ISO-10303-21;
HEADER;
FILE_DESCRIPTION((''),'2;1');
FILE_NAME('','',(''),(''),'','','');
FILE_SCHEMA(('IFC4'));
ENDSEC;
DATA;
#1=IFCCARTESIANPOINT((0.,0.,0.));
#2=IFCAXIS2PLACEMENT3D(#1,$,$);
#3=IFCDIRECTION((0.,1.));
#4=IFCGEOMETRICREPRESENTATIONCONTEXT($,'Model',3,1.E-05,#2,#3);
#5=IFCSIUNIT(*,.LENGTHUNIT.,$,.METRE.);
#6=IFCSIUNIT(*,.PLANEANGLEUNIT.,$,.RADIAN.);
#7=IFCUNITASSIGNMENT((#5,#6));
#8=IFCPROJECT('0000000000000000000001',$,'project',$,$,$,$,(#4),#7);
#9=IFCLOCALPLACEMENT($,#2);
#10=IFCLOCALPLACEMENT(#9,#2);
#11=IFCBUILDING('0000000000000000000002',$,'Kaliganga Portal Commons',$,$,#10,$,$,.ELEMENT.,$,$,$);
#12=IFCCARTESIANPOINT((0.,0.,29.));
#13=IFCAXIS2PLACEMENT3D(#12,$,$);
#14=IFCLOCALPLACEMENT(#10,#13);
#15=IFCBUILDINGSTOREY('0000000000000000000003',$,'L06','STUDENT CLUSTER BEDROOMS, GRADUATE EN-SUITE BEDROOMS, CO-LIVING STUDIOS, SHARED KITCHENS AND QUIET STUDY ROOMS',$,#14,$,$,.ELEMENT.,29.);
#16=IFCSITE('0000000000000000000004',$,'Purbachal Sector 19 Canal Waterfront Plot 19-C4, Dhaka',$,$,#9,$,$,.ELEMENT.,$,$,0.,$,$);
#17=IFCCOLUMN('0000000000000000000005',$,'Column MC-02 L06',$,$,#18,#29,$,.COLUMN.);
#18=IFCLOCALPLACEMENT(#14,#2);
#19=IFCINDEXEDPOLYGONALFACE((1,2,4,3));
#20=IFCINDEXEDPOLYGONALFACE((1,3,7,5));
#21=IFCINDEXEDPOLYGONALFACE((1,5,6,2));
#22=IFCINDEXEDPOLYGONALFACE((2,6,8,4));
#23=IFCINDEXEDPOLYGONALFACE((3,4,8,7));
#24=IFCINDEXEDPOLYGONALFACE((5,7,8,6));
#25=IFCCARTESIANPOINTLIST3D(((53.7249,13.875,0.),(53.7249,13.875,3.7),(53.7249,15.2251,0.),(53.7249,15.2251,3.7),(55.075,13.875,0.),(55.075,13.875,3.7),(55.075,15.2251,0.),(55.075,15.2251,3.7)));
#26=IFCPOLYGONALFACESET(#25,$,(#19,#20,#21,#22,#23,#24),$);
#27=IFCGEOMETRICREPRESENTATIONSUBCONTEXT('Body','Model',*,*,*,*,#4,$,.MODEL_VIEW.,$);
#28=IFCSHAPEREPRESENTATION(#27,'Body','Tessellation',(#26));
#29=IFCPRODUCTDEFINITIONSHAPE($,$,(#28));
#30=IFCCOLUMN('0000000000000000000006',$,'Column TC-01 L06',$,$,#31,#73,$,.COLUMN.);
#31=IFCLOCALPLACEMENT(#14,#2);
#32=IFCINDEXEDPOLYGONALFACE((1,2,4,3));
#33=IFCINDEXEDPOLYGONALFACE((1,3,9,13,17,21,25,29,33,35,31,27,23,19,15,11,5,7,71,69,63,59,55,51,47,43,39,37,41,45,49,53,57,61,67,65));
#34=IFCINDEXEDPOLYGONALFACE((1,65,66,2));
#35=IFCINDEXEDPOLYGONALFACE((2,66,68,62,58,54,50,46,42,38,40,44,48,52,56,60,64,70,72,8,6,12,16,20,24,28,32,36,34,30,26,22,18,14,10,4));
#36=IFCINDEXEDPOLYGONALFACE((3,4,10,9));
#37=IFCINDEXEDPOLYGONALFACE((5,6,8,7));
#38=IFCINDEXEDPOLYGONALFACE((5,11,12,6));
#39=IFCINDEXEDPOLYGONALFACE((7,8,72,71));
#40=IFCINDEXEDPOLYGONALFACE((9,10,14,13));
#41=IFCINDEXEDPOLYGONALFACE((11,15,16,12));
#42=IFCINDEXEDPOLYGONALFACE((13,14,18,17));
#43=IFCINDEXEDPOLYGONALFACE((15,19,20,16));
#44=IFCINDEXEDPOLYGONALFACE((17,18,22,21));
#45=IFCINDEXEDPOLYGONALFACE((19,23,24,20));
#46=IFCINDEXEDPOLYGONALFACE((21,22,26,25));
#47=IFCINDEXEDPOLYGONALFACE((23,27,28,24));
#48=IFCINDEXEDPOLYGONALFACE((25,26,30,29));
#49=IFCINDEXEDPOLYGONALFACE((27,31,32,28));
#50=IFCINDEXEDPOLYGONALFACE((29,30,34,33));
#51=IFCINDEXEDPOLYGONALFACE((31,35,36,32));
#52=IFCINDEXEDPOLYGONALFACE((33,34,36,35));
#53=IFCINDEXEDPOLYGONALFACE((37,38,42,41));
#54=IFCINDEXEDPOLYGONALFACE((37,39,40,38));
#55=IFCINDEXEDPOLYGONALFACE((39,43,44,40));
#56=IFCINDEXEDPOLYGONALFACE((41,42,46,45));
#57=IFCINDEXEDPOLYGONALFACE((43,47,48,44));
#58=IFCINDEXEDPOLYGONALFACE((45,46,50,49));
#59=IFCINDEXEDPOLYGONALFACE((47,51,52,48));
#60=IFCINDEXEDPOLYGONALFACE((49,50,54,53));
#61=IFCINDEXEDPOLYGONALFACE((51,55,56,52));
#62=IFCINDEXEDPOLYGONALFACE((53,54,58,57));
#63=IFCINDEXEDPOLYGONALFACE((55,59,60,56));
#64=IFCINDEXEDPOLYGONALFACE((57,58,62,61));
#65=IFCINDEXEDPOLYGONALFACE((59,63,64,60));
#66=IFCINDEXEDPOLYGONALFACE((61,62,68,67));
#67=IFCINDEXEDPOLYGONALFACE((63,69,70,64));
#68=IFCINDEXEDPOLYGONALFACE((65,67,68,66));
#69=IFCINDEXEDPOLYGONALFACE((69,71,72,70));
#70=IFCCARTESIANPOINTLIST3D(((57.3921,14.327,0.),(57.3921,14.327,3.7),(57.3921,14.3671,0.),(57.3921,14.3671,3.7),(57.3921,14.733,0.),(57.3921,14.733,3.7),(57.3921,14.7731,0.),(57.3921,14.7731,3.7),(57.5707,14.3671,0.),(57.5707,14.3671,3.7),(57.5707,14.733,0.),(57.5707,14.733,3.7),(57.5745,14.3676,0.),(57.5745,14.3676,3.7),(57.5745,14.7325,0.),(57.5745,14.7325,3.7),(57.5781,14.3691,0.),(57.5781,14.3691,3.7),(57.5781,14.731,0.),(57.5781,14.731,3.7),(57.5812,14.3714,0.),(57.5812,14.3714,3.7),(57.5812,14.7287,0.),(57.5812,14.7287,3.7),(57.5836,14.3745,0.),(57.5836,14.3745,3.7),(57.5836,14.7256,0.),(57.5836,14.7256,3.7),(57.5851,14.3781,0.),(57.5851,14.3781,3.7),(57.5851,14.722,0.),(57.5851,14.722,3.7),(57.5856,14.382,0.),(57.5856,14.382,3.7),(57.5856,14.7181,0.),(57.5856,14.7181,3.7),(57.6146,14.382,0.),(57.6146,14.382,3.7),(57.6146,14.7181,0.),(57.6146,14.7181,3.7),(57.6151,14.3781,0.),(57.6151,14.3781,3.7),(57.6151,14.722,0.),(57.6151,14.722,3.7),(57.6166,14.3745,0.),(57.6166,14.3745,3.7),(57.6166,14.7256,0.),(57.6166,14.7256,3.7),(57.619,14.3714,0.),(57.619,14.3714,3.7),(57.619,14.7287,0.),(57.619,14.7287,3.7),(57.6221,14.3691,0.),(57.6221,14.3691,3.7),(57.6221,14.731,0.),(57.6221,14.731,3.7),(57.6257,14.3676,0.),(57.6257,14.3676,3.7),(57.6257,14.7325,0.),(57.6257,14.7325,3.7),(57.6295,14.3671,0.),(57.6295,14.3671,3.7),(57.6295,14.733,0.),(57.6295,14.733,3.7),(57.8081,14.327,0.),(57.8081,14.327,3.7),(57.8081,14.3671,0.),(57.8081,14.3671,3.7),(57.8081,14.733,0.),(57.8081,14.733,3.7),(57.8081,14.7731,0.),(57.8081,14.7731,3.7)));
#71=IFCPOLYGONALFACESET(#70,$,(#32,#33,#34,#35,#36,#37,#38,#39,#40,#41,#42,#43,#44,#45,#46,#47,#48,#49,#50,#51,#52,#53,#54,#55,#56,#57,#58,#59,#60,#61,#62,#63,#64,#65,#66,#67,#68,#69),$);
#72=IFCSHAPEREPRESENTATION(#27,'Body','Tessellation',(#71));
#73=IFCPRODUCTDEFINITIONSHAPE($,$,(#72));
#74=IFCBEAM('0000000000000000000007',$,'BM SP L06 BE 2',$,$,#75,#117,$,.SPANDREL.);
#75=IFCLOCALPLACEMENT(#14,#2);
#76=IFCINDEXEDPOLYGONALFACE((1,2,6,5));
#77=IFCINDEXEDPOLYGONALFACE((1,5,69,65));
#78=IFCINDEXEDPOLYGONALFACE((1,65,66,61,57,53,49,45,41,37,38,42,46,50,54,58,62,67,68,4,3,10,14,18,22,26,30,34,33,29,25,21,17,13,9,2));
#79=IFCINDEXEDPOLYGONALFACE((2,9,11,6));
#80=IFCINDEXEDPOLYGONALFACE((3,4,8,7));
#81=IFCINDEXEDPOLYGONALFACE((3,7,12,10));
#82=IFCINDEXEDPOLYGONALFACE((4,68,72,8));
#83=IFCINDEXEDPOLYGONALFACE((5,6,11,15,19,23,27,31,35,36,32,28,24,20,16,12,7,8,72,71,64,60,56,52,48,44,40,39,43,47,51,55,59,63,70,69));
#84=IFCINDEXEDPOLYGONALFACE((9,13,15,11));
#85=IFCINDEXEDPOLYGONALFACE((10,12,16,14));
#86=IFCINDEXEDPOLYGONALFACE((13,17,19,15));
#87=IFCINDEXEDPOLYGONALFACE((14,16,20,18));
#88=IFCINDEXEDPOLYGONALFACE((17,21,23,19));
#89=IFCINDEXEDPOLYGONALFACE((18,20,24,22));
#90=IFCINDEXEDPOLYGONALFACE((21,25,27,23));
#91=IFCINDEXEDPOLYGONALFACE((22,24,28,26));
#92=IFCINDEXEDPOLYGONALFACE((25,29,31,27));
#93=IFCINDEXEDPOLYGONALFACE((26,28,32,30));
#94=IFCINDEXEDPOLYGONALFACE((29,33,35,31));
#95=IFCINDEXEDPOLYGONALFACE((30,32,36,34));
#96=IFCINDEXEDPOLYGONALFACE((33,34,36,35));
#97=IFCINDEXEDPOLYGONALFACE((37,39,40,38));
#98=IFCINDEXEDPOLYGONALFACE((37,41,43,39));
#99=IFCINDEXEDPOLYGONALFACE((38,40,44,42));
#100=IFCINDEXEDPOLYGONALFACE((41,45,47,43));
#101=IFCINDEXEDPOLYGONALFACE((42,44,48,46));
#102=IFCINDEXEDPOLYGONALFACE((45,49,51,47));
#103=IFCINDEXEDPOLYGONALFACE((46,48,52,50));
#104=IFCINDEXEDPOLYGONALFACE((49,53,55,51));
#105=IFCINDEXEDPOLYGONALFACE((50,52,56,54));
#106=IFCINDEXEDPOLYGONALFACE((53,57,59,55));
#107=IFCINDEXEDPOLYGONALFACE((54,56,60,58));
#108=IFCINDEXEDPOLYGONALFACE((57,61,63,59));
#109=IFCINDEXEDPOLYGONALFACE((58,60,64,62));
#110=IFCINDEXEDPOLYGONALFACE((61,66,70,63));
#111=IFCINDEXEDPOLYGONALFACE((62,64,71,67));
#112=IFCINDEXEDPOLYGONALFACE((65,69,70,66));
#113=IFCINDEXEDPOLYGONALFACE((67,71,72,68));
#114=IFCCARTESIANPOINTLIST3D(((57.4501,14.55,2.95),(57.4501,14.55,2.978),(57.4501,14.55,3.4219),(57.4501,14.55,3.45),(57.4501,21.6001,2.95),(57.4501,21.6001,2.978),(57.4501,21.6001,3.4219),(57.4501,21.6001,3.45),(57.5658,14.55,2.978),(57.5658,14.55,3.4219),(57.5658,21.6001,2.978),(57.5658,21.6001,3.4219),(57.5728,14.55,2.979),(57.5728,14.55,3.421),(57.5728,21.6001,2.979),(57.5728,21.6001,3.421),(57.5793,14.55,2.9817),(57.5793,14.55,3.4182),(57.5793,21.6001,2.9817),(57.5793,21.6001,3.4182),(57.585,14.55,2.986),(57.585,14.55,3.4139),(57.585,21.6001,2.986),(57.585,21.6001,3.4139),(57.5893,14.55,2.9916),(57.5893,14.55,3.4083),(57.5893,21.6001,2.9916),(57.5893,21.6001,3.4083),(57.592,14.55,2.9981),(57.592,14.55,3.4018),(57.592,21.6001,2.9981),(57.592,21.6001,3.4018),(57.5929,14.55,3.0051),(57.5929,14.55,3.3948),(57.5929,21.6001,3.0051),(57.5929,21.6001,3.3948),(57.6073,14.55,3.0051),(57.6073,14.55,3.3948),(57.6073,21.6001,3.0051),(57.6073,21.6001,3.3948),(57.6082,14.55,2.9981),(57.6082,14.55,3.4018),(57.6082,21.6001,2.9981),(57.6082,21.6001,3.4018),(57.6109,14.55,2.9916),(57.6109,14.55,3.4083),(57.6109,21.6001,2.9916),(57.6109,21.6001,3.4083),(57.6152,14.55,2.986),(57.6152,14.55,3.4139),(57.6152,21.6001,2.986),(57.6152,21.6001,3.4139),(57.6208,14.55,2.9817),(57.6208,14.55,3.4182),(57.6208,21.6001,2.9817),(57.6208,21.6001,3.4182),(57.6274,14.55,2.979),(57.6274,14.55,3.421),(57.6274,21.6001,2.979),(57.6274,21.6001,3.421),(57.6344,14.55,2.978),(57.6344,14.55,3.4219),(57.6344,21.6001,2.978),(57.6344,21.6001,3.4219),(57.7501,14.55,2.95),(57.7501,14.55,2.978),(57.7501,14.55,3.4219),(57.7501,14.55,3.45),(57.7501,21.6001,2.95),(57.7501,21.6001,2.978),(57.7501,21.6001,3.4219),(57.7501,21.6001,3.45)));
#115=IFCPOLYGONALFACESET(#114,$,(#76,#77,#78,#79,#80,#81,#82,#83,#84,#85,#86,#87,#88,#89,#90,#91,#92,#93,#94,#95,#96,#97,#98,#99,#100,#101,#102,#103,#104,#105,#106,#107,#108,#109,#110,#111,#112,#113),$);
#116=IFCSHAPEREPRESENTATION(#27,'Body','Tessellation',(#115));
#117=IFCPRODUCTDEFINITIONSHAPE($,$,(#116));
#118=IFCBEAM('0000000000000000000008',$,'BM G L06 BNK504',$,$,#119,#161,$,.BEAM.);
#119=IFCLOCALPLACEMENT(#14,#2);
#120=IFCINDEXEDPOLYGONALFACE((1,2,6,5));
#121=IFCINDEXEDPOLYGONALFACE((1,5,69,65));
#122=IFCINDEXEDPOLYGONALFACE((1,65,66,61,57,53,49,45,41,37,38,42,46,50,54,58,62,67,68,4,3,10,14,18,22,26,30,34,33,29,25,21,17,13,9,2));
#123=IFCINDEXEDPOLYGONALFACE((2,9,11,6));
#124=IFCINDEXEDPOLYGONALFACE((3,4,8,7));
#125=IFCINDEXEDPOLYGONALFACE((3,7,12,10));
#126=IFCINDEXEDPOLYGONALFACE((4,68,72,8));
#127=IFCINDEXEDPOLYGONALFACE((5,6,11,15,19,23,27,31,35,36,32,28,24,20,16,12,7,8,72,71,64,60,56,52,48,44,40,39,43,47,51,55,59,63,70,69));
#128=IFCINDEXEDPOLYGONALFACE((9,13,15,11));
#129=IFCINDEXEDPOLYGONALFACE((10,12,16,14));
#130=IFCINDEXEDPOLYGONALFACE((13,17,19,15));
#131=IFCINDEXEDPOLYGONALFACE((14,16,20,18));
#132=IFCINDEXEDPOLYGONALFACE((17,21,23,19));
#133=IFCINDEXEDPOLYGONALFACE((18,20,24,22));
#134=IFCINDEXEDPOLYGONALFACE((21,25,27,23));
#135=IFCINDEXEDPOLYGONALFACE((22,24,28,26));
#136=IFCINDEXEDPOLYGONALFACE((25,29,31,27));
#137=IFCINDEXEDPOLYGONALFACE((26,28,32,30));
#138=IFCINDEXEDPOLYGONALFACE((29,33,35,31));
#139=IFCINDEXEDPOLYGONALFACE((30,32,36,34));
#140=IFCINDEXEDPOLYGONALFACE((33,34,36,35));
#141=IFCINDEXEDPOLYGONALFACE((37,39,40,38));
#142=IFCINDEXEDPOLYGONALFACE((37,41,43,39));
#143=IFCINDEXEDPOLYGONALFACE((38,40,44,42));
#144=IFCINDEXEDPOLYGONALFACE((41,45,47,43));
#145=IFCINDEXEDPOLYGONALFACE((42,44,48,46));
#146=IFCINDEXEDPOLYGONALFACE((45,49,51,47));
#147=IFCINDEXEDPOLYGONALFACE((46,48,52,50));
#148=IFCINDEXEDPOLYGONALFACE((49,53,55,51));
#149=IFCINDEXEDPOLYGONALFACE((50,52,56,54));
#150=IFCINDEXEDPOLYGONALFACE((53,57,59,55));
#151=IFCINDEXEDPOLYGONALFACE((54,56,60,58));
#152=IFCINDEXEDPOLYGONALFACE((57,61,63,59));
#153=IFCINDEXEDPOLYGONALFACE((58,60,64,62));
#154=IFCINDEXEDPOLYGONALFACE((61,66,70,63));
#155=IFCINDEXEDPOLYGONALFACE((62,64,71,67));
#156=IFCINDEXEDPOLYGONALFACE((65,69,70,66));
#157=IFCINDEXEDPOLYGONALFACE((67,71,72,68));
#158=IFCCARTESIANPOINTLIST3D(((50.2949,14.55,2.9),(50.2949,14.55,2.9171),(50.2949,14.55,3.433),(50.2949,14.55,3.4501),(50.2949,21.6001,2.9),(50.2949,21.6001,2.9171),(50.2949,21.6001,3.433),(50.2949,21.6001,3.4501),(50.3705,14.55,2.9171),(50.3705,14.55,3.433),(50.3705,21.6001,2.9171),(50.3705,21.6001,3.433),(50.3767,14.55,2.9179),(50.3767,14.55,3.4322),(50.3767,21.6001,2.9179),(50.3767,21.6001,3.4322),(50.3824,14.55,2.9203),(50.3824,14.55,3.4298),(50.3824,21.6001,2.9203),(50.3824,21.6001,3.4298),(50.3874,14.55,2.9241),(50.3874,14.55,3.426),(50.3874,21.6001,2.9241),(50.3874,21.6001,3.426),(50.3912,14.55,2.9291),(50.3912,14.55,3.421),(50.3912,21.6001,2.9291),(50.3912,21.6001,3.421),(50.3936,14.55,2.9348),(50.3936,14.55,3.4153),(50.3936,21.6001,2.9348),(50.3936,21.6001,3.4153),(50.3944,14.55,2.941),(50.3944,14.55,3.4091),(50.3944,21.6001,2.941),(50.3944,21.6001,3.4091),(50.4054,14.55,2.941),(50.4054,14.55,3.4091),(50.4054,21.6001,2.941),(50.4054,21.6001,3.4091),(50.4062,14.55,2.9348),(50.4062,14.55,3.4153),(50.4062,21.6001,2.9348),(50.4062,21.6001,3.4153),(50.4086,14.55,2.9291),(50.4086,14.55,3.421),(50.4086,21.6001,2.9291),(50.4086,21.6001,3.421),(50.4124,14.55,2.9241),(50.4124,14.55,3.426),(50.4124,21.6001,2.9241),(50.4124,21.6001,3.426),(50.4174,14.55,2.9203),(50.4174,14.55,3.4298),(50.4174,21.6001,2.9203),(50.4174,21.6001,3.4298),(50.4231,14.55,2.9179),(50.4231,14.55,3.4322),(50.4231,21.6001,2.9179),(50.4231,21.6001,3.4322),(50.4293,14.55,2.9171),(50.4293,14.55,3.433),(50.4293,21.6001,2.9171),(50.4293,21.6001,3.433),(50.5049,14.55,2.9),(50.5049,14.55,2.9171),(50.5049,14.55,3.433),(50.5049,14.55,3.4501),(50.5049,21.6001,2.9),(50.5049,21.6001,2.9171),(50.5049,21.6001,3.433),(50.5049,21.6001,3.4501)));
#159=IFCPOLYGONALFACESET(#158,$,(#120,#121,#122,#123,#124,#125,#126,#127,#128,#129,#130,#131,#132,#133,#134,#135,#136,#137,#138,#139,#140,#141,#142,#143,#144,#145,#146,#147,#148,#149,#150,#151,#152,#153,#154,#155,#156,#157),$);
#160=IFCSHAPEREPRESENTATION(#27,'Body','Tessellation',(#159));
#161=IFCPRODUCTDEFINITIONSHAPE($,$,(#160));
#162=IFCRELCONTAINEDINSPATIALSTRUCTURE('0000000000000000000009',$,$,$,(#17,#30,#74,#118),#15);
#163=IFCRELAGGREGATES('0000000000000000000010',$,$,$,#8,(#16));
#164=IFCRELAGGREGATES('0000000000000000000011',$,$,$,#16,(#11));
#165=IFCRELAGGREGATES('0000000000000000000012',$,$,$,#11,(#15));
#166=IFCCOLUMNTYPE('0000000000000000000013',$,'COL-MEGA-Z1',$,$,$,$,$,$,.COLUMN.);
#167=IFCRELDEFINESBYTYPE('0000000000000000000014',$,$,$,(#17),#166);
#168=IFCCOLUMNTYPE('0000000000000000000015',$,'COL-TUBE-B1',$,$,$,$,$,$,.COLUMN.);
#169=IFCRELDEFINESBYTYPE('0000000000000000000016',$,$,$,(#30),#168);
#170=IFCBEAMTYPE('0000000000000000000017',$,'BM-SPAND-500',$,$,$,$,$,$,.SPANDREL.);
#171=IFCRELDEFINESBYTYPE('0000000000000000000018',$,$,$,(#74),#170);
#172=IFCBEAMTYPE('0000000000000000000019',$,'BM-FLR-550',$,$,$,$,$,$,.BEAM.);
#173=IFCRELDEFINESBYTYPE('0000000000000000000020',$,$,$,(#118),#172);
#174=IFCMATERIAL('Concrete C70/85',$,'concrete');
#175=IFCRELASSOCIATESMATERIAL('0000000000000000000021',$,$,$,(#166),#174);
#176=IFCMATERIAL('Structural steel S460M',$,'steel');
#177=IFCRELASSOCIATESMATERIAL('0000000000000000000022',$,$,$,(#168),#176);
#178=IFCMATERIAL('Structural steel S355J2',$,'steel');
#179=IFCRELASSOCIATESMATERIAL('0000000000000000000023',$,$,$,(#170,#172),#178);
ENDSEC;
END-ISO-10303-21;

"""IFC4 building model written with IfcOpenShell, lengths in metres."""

from ifc_helpers import new_model, si_unit, direction, frame, origin, origin_2d, place, context, subcontext, project, spatial, rectangle, i_section, extrude, source, transform, mapped, material, material_profile, profile_set, type_object, element, save


model = new_model("IFC4")

# Units and contexts
model_context = context("Model", 3, precision=1e-05, world=origin(), true_north=direction((0.0, 1.0)))
body_context = subcontext(model_context, "Body", "Model", "MODEL_VIEW")
ifc_project = project(units=[si_unit("LENGTHUNIT", "METRE"), si_unit("PLANEANGLEUNIT", "RADIAN")], contexts=[model_context])

# Site, building, storey
site_placement = place(None, origin())
site = spatial("IfcSite", under=ifc_project, at=site_placement, Name="Purbachal Sector 19 Canal Waterfront Plot 19-C4, Dhaka", CompositionType="ELEMENT", RefElevation=0.0)
building_placement = place(site_placement, origin())
building = spatial("IfcBuilding", under=site, at=building_placement, Name="Kaliganga Portal Commons", CompositionType="ELEMENT")
storey_placement = place(building_placement, frame((0.0, 0.0, 29.0)))
storey = spatial("IfcBuildingStorey", under=building, at=storey_placement, Name="L06", Description="STUDENT CLUSTER BEDROOMS, GRADUATE EN-SUITE BEDROOMS, CO-LIVING STUDIOS, SHARED KITCHENS AND QUIET STUDY ROOMS", CompositionType="ELEMENT", Elevation=29.0)

# Columns
ifc_material_1 = material(Name="Concrete C70/85", Category="concrete")
ifc_material_profile_1 = material_profile(ifc_material_1, rectangle(XDim=1.3501, YDim=1.3501, at=origin_2d()), Name="RC 1350x1350")
ifc_profile_set_1 = profile_set([ifc_material_profile_1], Name="Concrete C70/85")
column_type_1 = type_object("IfcColumnType", Name="COL-MEGA-Z1", PredefinedType="COLUMN", material=ifc_profile_set_1)
shared_shape_1 = source(origin(), body_context, "Body", "SweptSolid", [
    extrude(rectangle(XDim=1.3501, YDim=1.3501, at=origin_2d()), origin(), (0.0, 0.0, 1.0), 3.7),
])
column_1_placement = place(storey_placement, frame((54.3999, 14.55, 0.0), z_axis=(0.0, 0.0, 1.0), x_axis=(1.0, 0.0, 0.0)))
element("IfcColumn", 1, at=column_1_placement, inside=storey, type_object=column_type_1, Name="Column MC-02 L06", PredefinedType="COLUMN", context=body_context, shape_type="MappedRepresentation", body=[
    mapped(shared_shape_1, transform((0.0, 0.0, 0.0), x_axis=(1.0, 0.0, 0.0), y_axis=(0.0, 1.0, 0.0), z_axis=(0.0, 0.0, 1.0), scale=1.0)),
])
ifc_material_2 = material(Name="Structural steel S460M", Category="steel")
ifc_material_profile_2 = material_profile(ifc_material_2, i_section(OverallWidth=0.416, OverallDepth=0.446, WebThickness=0.0291, FlangeThickness=0.04, FilletRadius=0.0149, at=origin_2d()), Name="HD 400x509")
ifc_profile_set_2 = profile_set([ifc_material_profile_2], Name="Structural steel S460M wide-flange")
column_type_2 = type_object("IfcColumnType", Name="COL-TUBE-B1", PredefinedType="COLUMN", material=ifc_profile_set_2)
shared_shape_2 = source(origin(), body_context, "Body", "SweptSolid", [
    extrude(i_section(OverallWidth=0.416, OverallDepth=0.446, WebThickness=0.0291, FlangeThickness=0.04, FilletRadius=0.0149, at=origin_2d()), origin(), (0.0, 0.0, 1.0), 3.7),
])
column_2_placement = place(storey_placement, frame((57.6001, 14.55, 0.0), z_axis=(0.0, 0.0, 1.0), x_axis=(1.0, 0.0, 0.0)))
element("IfcColumn", 2, at=column_2_placement, inside=storey, type_object=column_type_2, Name="Column TC-01 L06", PredefinedType="COLUMN", context=body_context, shape_type="MappedRepresentation", body=[
    mapped(shared_shape_2, transform((0.0, 0.0, 0.0), x_axis=(1.0, 0.0, 0.0), y_axis=(0.0, 1.0, 0.0), z_axis=(0.0, 0.0, 1.0), scale=1.0)),
])

# Beams
ifc_material_3 = material(Name="Structural steel S355J2", Category="steel")
ifc_material_profile_3 = material_profile(ifc_material_3, i_section(OverallWidth=0.3, OverallDepth=0.5, WebThickness=0.0144, FlangeThickness=0.0281, FilletRadius=0.0271, at=origin_2d()), Name="HE 500 B")
ifc_profile_set_3 = profile_set([ifc_material_profile_3], Name="Structural steel S355J2 wide-flange")
beam_type_1 = type_object("IfcBeamType", Name="BM-SPAND-500", PredefinedType="SPANDREL", material=ifc_profile_set_3)
shared_shape_3 = source(origin(), body_context, "Body", "SweptSolid", [
    extrude(i_section(OverallWidth=0.3, OverallDepth=0.5, WebThickness=0.0144, FlangeThickness=0.0281, FilletRadius=0.0271, at=origin_2d()), origin(), (0.0, 0.0, 1.0), 7.05),
])
beam_1_placement = place(storey_placement, frame((57.6001, 14.55, 3.2), z_axis=(0.0, 1.0, 0.0), x_axis=(-1.0, 0.0, 0.0)))
element("IfcBeam", 3, at=beam_1_placement, inside=storey, type_object=beam_type_1, Name="BM SP L06 BE 2", PredefinedType="SPANDREL", context=body_context, shape_type="MappedRepresentation", body=[
    mapped(shared_shape_3, transform((0.0, 0.0, 0.0), x_axis=(1.0, 0.0, 0.0), y_axis=(0.0, 1.0, 0.0), z_axis=(0.0, 0.0, 1.0), scale=1.0)),
])
ifc_material_profile_4 = material_profile(ifc_material_3, i_section(OverallWidth=0.21, OverallDepth=0.55, WebThickness=0.011, FlangeThickness=0.0171, FilletRadius=0.0239, at=origin_2d()), Name="IPE 550")
ifc_profile_set_4 = profile_set([ifc_material_profile_4], Name="Structural steel S355J2 wide-flange")
beam_type_2 = type_object("IfcBeamType", Name="BM-FLR-550", PredefinedType="BEAM", material=ifc_profile_set_4)
shared_shape_4 = source(origin(), body_context, "Body", "SweptSolid", [
    extrude(i_section(OverallWidth=0.21, OverallDepth=0.55, WebThickness=0.011, FlangeThickness=0.0171, FilletRadius=0.0239, at=origin_2d()), origin(), (0.0, 0.0, 1.0), 7.05),
])
for number, where, z_axis, x_axis, name in (
    (4, (50.3999, 14.55, 3.175), (0.0, 1.0, 0.0), (-1.0, 0.0, 0.0), "BM G L06 BNK504"),
):
    element("IfcBeam", number, at=place(storey_placement, frame(where, z_axis=z_axis, x_axis=x_axis)), inside=storey, type_object=beam_type_2, Name=name, PredefinedType="BEAM", context=body_context, shape_type="MappedRepresentation", body=[
        mapped(shared_shape_4, transform((0.0, 0.0, 0.0), x_axis=(1.0, 0.0, 0.0), y_axis=(0.0, 1.0, 0.0), z_axis=(0.0, 0.0, 1.0), scale=1.0)),
    ])

save(model, "model.ifc")
